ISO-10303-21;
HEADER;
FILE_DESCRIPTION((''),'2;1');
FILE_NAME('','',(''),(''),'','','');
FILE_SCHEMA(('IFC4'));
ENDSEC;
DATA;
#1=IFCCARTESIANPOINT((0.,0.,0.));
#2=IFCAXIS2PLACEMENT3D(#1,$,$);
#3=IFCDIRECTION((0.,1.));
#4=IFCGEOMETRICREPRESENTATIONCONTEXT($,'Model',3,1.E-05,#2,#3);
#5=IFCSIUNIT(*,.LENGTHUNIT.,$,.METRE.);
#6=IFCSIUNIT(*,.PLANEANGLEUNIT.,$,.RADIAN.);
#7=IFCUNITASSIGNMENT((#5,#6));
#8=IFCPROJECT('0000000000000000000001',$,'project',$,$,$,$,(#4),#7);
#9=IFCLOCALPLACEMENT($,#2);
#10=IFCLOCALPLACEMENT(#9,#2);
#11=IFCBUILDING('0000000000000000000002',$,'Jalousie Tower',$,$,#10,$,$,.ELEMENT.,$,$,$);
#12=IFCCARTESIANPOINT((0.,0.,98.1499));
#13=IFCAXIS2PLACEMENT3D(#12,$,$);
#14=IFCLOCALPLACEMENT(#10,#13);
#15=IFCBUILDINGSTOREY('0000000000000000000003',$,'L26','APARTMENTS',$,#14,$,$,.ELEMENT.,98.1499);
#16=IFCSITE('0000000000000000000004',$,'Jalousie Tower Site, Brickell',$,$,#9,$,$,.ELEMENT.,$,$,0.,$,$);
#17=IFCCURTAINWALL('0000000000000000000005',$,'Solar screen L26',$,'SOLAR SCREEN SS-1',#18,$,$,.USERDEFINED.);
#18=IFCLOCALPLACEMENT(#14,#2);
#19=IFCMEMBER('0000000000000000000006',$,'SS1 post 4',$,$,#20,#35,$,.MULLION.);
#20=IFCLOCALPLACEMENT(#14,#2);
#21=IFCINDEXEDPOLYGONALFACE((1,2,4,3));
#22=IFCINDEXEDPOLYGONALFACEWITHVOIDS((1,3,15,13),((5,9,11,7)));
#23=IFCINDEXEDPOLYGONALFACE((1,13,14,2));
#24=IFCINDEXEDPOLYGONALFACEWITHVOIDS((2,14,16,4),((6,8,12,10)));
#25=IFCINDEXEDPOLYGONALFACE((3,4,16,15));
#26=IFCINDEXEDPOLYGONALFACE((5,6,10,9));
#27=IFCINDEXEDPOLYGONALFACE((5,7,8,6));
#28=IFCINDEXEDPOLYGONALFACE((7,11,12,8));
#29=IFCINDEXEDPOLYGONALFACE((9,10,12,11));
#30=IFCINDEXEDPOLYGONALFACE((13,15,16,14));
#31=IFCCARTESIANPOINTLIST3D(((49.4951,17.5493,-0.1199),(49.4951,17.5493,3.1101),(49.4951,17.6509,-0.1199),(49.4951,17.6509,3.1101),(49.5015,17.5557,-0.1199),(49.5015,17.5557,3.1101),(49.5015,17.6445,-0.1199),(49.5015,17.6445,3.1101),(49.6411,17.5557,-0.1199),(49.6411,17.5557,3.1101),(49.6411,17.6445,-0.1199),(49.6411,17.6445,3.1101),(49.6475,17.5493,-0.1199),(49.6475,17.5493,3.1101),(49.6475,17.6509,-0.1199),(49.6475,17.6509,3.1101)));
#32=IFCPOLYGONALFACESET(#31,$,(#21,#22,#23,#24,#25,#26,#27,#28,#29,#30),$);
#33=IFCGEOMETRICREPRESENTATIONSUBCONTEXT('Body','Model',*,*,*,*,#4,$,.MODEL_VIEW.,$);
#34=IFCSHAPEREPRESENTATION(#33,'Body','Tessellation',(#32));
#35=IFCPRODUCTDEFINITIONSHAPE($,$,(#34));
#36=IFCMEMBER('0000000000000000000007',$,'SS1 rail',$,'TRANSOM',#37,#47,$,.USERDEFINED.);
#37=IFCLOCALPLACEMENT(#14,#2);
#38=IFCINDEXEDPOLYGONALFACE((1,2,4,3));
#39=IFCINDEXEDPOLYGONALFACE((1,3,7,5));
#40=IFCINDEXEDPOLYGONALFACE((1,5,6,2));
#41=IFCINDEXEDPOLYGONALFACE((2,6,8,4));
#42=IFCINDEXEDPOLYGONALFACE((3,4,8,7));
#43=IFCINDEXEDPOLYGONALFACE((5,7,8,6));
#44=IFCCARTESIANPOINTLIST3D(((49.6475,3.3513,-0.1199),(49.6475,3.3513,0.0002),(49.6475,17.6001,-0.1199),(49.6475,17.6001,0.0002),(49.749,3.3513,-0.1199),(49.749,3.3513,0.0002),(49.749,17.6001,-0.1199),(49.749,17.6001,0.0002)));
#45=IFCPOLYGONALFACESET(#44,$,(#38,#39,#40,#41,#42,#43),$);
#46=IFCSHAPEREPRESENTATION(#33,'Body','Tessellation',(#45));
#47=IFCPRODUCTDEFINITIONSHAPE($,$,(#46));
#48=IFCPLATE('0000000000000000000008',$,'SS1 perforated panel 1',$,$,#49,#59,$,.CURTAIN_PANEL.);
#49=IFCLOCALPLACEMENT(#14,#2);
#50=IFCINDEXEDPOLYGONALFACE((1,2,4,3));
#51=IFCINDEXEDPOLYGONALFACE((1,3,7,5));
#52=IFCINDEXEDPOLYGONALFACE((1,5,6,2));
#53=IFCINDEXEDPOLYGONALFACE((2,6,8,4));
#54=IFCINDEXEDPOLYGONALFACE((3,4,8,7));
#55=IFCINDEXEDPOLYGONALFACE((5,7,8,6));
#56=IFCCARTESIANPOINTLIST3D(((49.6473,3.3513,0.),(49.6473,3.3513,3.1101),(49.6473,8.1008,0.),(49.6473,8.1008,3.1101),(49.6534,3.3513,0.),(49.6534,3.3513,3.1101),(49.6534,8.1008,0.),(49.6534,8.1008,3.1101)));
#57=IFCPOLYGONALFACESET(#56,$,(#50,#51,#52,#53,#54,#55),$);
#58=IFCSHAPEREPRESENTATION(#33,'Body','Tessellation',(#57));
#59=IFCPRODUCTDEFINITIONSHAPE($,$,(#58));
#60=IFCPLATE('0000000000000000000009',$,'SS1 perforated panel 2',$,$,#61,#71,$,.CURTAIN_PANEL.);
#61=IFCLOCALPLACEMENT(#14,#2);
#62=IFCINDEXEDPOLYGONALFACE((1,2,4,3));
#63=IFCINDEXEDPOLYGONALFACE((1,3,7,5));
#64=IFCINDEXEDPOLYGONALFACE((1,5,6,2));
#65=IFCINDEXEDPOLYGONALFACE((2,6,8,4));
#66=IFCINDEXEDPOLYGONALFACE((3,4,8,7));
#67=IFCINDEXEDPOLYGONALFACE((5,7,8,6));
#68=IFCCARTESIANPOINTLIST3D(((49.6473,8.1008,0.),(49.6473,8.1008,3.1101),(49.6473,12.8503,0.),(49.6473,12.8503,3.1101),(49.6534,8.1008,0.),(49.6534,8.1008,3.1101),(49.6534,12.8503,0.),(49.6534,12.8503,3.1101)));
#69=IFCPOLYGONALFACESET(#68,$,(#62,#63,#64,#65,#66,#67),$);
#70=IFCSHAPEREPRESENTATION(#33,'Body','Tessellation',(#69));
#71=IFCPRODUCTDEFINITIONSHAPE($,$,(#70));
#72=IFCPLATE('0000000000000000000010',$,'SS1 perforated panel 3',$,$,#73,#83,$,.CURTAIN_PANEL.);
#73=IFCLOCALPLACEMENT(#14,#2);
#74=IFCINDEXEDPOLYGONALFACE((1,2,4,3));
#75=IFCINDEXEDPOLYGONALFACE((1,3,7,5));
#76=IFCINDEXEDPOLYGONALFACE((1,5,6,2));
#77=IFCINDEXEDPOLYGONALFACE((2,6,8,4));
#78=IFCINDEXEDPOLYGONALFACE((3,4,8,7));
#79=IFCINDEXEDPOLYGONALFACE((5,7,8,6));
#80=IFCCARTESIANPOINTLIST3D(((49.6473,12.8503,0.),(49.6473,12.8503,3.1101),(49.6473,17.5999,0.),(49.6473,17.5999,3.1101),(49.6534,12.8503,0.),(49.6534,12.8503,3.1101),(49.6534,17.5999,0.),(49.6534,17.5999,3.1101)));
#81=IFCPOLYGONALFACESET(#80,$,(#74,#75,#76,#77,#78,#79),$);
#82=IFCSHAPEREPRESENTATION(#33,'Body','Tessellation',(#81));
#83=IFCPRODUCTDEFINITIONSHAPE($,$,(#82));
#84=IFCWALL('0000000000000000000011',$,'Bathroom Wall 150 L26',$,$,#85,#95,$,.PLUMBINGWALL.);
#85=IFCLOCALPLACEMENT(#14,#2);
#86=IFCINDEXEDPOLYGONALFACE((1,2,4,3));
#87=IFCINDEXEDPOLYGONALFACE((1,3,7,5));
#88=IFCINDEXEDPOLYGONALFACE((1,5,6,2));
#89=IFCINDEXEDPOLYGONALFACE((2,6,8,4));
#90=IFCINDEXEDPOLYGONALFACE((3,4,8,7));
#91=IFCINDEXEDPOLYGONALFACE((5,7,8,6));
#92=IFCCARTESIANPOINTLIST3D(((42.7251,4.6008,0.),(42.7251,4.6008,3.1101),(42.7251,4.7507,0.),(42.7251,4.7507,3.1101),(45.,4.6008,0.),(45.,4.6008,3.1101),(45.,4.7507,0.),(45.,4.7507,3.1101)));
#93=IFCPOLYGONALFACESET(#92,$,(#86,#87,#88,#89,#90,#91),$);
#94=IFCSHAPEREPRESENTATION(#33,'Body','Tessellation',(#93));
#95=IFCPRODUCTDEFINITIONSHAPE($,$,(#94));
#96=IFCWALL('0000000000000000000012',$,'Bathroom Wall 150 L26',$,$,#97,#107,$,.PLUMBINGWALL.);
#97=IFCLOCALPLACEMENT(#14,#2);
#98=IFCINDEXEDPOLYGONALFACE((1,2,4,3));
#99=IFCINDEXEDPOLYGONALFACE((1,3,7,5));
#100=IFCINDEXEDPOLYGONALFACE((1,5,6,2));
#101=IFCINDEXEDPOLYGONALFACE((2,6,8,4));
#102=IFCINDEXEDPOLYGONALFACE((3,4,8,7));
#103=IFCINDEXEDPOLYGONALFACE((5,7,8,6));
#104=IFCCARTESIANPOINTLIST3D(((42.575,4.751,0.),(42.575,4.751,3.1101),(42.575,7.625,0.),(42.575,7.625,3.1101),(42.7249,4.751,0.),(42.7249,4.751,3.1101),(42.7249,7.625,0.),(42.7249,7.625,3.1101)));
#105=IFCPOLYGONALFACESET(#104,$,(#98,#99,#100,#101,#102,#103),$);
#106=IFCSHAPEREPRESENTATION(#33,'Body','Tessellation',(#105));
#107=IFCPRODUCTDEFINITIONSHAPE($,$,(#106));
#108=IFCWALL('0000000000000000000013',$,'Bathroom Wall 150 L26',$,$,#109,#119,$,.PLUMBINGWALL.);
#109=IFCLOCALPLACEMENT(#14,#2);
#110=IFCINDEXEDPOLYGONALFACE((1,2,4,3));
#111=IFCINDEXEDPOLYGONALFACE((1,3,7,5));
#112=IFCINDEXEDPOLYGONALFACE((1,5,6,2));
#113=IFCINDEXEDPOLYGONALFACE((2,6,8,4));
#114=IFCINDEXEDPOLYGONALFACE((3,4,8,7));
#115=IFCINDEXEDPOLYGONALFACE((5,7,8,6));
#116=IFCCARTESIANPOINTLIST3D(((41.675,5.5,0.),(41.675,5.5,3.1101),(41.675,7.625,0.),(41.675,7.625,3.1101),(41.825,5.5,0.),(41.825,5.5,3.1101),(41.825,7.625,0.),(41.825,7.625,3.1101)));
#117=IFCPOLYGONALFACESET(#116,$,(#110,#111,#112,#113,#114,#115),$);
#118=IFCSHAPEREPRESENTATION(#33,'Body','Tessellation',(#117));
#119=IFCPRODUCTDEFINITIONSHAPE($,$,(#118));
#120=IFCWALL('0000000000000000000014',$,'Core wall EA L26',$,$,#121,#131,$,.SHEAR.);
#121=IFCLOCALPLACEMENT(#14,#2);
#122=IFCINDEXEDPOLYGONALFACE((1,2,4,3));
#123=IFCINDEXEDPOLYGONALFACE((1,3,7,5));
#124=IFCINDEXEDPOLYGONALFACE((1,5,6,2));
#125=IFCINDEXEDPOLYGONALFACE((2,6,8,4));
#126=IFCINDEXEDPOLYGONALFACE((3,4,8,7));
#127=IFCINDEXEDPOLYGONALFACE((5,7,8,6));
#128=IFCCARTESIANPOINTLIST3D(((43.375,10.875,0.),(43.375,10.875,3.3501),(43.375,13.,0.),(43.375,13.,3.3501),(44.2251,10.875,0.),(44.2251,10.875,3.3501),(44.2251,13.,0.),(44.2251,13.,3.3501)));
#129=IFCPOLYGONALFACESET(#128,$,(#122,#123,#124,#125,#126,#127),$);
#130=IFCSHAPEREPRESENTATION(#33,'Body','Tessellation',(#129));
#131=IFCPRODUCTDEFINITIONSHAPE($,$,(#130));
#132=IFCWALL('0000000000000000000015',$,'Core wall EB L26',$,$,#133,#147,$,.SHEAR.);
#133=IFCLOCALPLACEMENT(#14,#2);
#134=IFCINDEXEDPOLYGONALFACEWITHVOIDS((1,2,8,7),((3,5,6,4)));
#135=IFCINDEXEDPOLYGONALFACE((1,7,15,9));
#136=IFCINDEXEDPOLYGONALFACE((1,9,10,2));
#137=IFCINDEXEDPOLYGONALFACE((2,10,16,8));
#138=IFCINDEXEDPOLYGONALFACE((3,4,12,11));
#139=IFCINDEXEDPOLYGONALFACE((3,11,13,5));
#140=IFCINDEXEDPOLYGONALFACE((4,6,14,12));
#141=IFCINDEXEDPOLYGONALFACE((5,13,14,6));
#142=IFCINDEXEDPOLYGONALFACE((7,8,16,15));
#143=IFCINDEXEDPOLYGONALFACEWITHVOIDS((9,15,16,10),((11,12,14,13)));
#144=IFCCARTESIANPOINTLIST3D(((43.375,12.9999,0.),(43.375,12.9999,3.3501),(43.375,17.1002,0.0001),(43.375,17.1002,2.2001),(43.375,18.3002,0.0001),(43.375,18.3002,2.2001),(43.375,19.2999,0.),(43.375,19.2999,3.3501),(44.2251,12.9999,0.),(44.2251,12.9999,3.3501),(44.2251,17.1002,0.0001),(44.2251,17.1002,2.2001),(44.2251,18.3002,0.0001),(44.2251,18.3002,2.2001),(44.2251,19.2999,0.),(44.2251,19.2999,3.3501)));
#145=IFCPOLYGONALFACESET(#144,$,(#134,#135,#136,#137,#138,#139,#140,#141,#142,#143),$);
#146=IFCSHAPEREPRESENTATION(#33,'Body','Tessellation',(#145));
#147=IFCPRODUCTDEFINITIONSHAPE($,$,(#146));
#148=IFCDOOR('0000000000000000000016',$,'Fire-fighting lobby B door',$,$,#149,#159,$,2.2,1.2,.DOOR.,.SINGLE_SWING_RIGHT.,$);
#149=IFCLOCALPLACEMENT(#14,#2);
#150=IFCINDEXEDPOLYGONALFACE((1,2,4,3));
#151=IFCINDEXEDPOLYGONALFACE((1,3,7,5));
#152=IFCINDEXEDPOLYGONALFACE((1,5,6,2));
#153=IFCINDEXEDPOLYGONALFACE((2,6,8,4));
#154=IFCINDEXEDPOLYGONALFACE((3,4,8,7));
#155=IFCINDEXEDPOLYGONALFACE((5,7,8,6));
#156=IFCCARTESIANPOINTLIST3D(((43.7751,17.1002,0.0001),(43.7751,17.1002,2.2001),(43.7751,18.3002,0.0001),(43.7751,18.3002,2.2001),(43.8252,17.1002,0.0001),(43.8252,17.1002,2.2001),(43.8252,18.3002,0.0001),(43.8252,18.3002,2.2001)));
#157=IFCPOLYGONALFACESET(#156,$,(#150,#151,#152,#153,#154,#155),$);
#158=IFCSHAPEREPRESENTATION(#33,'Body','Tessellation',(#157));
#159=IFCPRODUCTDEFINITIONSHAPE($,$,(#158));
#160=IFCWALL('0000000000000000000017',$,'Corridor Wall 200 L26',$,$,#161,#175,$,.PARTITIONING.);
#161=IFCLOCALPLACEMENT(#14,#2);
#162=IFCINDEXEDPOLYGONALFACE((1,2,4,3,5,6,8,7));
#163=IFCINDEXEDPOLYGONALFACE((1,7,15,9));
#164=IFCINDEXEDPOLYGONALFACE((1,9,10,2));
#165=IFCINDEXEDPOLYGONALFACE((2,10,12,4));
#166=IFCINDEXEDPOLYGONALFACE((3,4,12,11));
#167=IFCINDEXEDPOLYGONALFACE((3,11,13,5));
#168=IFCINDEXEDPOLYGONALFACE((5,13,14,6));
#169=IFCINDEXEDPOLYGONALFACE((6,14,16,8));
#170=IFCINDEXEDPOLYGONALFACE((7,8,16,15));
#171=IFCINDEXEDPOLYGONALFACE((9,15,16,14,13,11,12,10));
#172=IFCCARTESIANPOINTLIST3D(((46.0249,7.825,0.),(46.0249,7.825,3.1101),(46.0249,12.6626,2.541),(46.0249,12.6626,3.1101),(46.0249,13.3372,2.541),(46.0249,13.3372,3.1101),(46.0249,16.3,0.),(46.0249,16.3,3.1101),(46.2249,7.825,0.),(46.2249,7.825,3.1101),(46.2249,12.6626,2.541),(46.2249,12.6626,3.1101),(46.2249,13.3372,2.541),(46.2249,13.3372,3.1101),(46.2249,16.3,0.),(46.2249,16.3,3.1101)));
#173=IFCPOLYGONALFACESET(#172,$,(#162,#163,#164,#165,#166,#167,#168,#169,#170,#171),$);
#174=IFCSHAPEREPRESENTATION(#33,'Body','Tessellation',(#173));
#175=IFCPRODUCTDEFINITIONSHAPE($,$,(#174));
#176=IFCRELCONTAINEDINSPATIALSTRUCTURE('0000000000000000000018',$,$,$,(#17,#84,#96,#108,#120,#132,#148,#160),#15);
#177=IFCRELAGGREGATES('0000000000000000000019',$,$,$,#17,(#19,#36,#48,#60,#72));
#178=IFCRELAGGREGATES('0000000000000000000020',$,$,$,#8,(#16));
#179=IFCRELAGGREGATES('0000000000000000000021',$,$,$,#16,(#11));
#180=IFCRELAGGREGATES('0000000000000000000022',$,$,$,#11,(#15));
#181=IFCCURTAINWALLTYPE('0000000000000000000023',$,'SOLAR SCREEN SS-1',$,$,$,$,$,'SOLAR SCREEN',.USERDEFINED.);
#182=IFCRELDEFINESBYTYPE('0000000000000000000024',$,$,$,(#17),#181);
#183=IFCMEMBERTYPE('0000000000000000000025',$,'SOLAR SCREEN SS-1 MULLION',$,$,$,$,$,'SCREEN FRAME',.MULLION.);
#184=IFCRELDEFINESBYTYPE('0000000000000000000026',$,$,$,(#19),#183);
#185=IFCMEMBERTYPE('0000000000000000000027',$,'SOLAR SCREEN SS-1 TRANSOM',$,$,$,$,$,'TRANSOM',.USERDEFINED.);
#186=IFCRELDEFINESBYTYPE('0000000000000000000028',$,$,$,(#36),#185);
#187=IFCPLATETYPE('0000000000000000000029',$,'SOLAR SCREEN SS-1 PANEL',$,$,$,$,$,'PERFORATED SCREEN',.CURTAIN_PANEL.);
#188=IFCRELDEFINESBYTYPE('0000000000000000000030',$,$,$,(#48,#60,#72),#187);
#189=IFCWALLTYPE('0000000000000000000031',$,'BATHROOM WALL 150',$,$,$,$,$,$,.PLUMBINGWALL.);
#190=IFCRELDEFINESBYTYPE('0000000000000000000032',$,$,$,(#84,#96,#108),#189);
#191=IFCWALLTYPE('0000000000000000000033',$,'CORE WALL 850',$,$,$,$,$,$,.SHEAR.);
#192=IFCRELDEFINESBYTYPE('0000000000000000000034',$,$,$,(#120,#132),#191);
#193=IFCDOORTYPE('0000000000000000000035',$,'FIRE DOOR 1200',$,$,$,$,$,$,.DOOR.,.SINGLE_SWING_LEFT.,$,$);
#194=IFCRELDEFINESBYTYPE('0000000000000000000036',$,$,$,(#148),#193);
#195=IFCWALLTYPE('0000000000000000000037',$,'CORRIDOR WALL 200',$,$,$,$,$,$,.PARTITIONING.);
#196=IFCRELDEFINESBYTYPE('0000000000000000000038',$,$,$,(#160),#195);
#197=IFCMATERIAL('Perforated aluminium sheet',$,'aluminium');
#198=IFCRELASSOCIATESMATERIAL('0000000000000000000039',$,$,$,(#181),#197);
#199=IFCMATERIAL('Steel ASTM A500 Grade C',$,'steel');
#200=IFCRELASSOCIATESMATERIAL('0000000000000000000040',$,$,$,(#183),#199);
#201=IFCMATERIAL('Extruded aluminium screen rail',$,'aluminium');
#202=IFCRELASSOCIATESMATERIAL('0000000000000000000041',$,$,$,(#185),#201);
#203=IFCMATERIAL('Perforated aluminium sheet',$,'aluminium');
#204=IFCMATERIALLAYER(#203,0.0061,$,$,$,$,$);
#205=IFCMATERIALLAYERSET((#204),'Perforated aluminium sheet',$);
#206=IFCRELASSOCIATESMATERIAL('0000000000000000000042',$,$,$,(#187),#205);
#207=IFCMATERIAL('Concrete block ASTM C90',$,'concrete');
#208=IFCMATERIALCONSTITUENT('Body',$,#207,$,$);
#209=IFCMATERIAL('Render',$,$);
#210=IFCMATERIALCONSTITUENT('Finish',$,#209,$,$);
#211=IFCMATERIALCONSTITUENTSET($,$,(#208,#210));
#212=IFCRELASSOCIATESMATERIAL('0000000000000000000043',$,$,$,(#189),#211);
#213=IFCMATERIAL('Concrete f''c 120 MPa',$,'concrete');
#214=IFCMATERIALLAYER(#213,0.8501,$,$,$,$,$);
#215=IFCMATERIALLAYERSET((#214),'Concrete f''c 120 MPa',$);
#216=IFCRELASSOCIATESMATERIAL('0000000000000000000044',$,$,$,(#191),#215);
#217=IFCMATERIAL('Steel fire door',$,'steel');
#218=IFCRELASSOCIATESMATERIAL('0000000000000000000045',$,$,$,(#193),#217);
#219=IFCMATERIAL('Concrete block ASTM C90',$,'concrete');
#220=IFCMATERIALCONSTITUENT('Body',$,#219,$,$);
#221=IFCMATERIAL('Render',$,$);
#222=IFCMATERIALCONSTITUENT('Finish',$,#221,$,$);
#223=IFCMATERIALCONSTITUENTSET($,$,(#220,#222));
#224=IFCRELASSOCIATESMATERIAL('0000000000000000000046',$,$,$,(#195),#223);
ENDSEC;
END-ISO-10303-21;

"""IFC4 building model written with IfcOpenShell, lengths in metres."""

from ifc_helpers import new_model, si_unit, direction, frame, frame_2d, origin, origin_2d, place, context, subcontext, project, spatial, polyline, rectangle, hollow_rectangle, outline, extrude, material, layer, layer_set, constituent, constituent_set, material_profile, profile_set, type_object, element, fill, aggregate, save


model = new_model("IFC4")

# Units and contexts
model_context = context("Model", 3, precision=1e-05, world=origin(), true_north=direction((0.0, 1.0)))
body_context = subcontext(model_context, "Body", "Model", "MODEL_VIEW")
ifc_project = project(units=[si_unit("LENGTHUNIT", "METRE"), si_unit("PLANEANGLEUNIT", "RADIAN")], contexts=[model_context])

# Site, building, storey
site_placement = place(None, origin())
site = spatial("IfcSite", under=ifc_project, at=site_placement, Name="Jalousie Tower Site, Brickell", CompositionType="ELEMENT", RefElevation=0.0)
building_placement = place(site_placement, origin())
building = spatial("IfcBuilding", under=site, at=building_placement, Name="Jalousie Tower", CompositionType="ELEMENT")
storey_placement = place(building_placement, frame((0.0, 0.0, 98.1499)))
storey = spatial("IfcBuildingStorey", under=building, at=storey_placement, Name="L26", Description="APARTMENTS", CompositionType="ELEMENT", Elevation=98.1499)

# Curtain wall, members, plates
ifc_material_1 = material(Name="Perforated aluminium sheet", Category="aluminium")
curtain_wall_type = type_object("IfcCurtainWallType", Name="SOLAR SCREEN SS-1", ElementType="SOLAR SCREEN", PredefinedType="USERDEFINED", material=ifc_material_1)
curtain_wall_placement = place(storey_placement, origin())
curtain_wall = element("IfcCurtainWall", 1, at=curtain_wall_placement, inside=storey, type_object=curtain_wall_type, Name="Solar screen L26", ObjectType="SOLAR SCREEN SS-1", PredefinedType="USERDEFINED")
ifc_material_2 = material(Name="Steel ASTM A500 Grade C", Category="steel")
ifc_material_profile_1 = material_profile(ifc_material_2, hollow_rectangle(XDim=0.1016, YDim=0.1523, WallThickness=0.0063, at=origin_2d()), Name="HSS6X4X1/4")
ifc_profile_set_1 = profile_set([ifc_material_profile_1], Name="Steel ASTM A500 Grade C")
member_type_1 = type_object("IfcMemberType", Name="SOLAR SCREEN SS-1 MULLION", ElementType="SCREEN FRAME", PredefinedType="MULLION", material=ifc_profile_set_1)
member_1_placement = place(storey_placement, frame((49.5713, 17.6001, -0.1199), z_axis=(0.0, 0.0, 1.0), x_axis=(0.0, 1.0, 0.0)))
member_1 = element("IfcMember", 2, at=member_1_placement, type_object=member_type_1, Name="SS1 post 4", PredefinedType="MULLION", context=body_context, shape_type="SweptSolid", body=[
    extrude(hollow_rectangle(XDim=0.1016, YDim=0.1523, WallThickness=0.0063, at=origin_2d()), origin(), (0.0, 0.0, 1.0), 3.23),
])
ifc_material_3 = material(Name="Extruded aluminium screen rail", Category="aluminium")
ifc_material_profile_2 = material_profile(ifc_material_3, rectangle(XDim=0.1016, YDim=0.1201, at=origin_2d()), Name="RAIL 102x120")
ifc_profile_set_2 = profile_set([ifc_material_profile_2], Name="Extruded aluminium screen rail")
member_type_2 = type_object("IfcMemberType", Name="SOLAR SCREEN SS-1 TRANSOM", ElementType="TRANSOM", PredefinedType="USERDEFINED", material=ifc_profile_set_2)
member_2_placement = place(storey_placement, frame((49.6982, 3.3513, -0.0598), z_axis=(0.0, 1.0, 0.0), x_axis=(-1.0, 0.0, 0.0)))
member_2 = element("IfcMember", 3, at=member_2_placement, type_object=member_type_2, Name="SS1 rail", ObjectType="TRANSOM", PredefinedType="USERDEFINED", context=body_context, shape_type="SweptSolid", body=[
    extrude(rectangle(XDim=0.1016, YDim=0.1201, at=origin_2d()), origin(), (0.0, 0.0, 1.0), 14.2488),
])
ifc_material_4 = material(Name="Perforated aluminium sheet", Category="aluminium")
ifc_layer_1 = layer(ifc_material_4, 0.0061)
ifc_layer_set_1 = layer_set([ifc_layer_1], Name="Perforated aluminium sheet")
plate_type = type_object("IfcPlateType", Name="SOLAR SCREEN SS-1 PANEL", ElementType="PERFORATED SCREEN", PredefinedType="CURTAIN_PANEL", material=ifc_layer_set_1)
plate_1_placement = place(storey_placement, frame((49.6504, 5.7261, 0.0), z_axis=(0.0, 0.0, 1.0), x_axis=(0.0, 1.0, 0.0)))
plate_1 = element("IfcPlate", 4, at=plate_1_placement, type_object=plate_type, Name="SS1 perforated panel 1", PredefinedType="CURTAIN_PANEL", context=body_context, shape_type="SweptSolid", body=[
    extrude(rectangle(XDim=4.7495, YDim=0.0061, at=origin_2d()), origin(), (0.0, 0.0, 1.0), 3.1101),
])
plate_2_placement = place(storey_placement, frame((49.6504, 10.4756, 0.0), z_axis=(0.0, 0.0, 1.0), x_axis=(0.0, 1.0, 0.0)))
plate_2 = element("IfcPlate", 5, at=plate_2_placement, type_object=plate_type, Name="SS1 perforated panel 2", PredefinedType="CURTAIN_PANEL", context=body_context, shape_type="SweptSolid", body=[
    extrude(rectangle(XDim=4.7495, YDim=0.0061, at=origin_2d()), origin(), (0.0, 0.0, 1.0), 3.1101),
])
plate_3_placement = place(storey_placement, frame((49.6504, 15.2251, 0.0), z_axis=(0.0, 0.0, 1.0), x_axis=(0.0, 1.0, 0.0)))
plate_3 = element("IfcPlate", 6, at=plate_3_placement, type_object=plate_type, Name="SS1 perforated panel 3", PredefinedType="CURTAIN_PANEL", context=body_context, shape_type="SweptSolid", body=[
    extrude(rectangle(XDim=4.7495, YDim=0.0061, at=origin_2d()), origin(), (0.0, 0.0, 1.0), 3.1101),
])
aggregate(curtain_wall, [member_1, member_2, plate_1, plate_2, plate_3])

# Walls
ifc_material_5 = material(Name="Concrete block ASTM C90", Category="concrete")
ifc_constituent_1 = constituent(ifc_material_5, Name="Body")
ifc_material_6 = material(Name="Render")
ifc_constituent_2 = constituent(ifc_material_6, Name="Finish")
ifc_constituent_set_1 = constituent_set(constituents=[ifc_constituent_1, ifc_constituent_2])
wall_type_1 = type_object("IfcWallType", Name="BATHROOM WALL 150", PredefinedType="PLUMBINGWALL", material=ifc_constituent_set_1)
wall_1_placement = place(storey_placement, frame((42.7251, 4.6758, 0.0), z_axis=(0.0, 0.0, 1.0), x_axis=(1.0, 0.0, 0.0)))
element("IfcWall", 7, at=wall_1_placement, inside=storey, type_object=wall_type_1, Name="Bathroom Wall 150 L26", PredefinedType="PLUMBINGWALL", context=body_context, shape_type="SweptSolid", body=[
    extrude(rectangle(XDim=2.2749, YDim=0.1499, at=frame_2d((1.1375, 0.0))), origin(), (0.0, 0.0, 1.0), 3.1101),
])
wall_2_placement = place(storey_placement, frame((42.6499, 4.751, 0.0), z_axis=(0.0, 0.0, 1.0), x_axis=(0.0, 1.0, 0.0)))
element("IfcWall", 8, at=wall_2_placement, inside=storey, type_object=wall_type_1, Name="Bathroom Wall 150 L26", PredefinedType="PLUMBINGWALL", context=body_context, shape_type="SweptSolid", body=[
    extrude(rectangle(XDim=2.874, YDim=0.1499, at=frame_2d((1.437, 0.0))), origin(), (0.0, 0.0, 1.0), 3.1101),
])
wall_3_placement = place(storey_placement, frame((41.75, 5.5, 0.0), z_axis=(0.0, 0.0, 1.0), x_axis=(0.0, 1.0, 0.0)))
element("IfcWall", 9, at=wall_3_placement, inside=storey, type_object=wall_type_1, Name="Bathroom Wall 150 L26", PredefinedType="PLUMBINGWALL", context=body_context, shape_type="SweptSolid", body=[
    extrude(rectangle(XDim=2.125, YDim=0.1499, at=frame_2d((1.0625, 0.0))), origin(), (0.0, 0.0, 1.0), 3.1101),
])
ifc_material_7 = material(Name="Concrete f'c 120 MPa", Category="concrete")
ifc_layer_2 = layer(ifc_material_7, 0.8501)
ifc_layer_set_2 = layer_set([ifc_layer_2], Name="Concrete f'c 120 MPa")
wall_type_2 = type_object("IfcWallType", Name="CORE WALL 850", PredefinedType="SHEAR", material=ifc_layer_set_2)
wall_4_placement = place(storey_placement, frame((43.8, 10.875, 0.0), z_axis=(0.0, 0.0, 1.0), x_axis=(0.0, 1.0, 0.0)))
element("IfcWall", 10, at=wall_4_placement, inside=storey, type_object=wall_type_2, Name="Core wall EA L26", PredefinedType="SHEAR", context=body_context, shape_type="SweptSolid", body=[
    extrude(rectangle(XDim=2.125, YDim=0.8501, at=frame_2d((1.0625, 0.0))), origin(), (0.0, 0.0, 1.0), 3.3501),
])

# Wall, opening, door
wall_5_placement = place(storey_placement, frame((43.8, 13.0, 0.0), z_axis=(0.0, 0.0, 1.0), x_axis=(0.0, 1.0, 0.0)))
wall_5 = element("IfcWall", 11, at=wall_5_placement, inside=storey, type_object=wall_type_2, Name="Core wall EB L26", PredefinedType="SHEAR", context=body_context, shape_type="SweptSolid", body=[
    extrude(rectangle(XDim=6.3, YDim=0.8501, at=frame_2d((3.1499, 0.0))), origin(), (0.0, 0.0, 1.0), 3.3501),
])
opening_1_placement = place(wall_5_placement, frame((4.1001, 0.0, 0.0)))
opening_1 = element("IfcOpeningElement", 12, at=opening_1_placement, cuts=wall_5, PredefinedType="OPENING", context=body_context, shape_type="SweptSolid", body=[
    extrude(rectangle(XDim=1.2, YDim=2.2, at=frame_2d((0.6001, 1.1001))), frame((0.0, 0.4351, 0.0), z_axis=(0.0, -1.0, 0.0), x_axis=(1.0, 0.0, 0.0)), (0.0, 0.0, 1.0), 0.8701),
])
ifc_material_8 = material(Name="Steel fire door", Category="steel")
door_type_1 = type_object("IfcDoorType", Name="FIRE DOOR 1200", OperationType="SINGLE_SWING_LEFT", PredefinedType="DOOR", material=ifc_material_8)
door_1_placement = place(opening_1_placement, origin())
door_1 = element("IfcDoor", 13, at=door_1_placement, inside=storey, type_object=door_type_1, Name="Fire-fighting lobby B door", OperationType="SINGLE_SWING_RIGHT", OverallHeight=2.2, OverallWidth=1.2, PredefinedType="DOOR", context=body_context, shape_type="SweptSolid", body=[
    extrude(rectangle(XDim=1.2, YDim=2.2, at=frame_2d((0.6001, 1.1001))), frame((0.0, 0.0249, 0.0), z_axis=(0.0, -1.0, 0.0), x_axis=(1.0, 0.0, 0.0)), (0.0, 0.0, 1.0), 0.05),
])
fill(opening_1, door_1)

# Wall
ifc_material_9 = material(Name="Concrete block ASTM C90", Category="concrete")
ifc_constituent_3 = constituent(ifc_material_9, Name="Body")
ifc_material_10 = material(Name="Render")
ifc_constituent_4 = constituent(ifc_material_10, Name="Finish")
ifc_constituent_set_2 = constituent_set(constituents=[ifc_constituent_3, ifc_constituent_4])
wall_type_3 = type_object("IfcWallType", Name="CORRIDOR WALL 200", PredefinedType="PARTITIONING", material=ifc_constituent_set_2)
wall_6_placement = place(storey_placement, frame((46.125, 7.825, 0.0), z_axis=(0.0, 0.0, 1.0), x_axis=(0.0, 1.0, 0.0)))
element("IfcWall", 14, at=wall_6_placement, inside=storey, type_object=wall_type_3, Name="Corridor Wall 200 L26", PredefinedType="PARTITIONING", context=body_context, shape_type="SweptSolid", body=[
    extrude(outline(polyline([(0.0, 0.0), (8.4751, 0.0), (8.4751, 3.1101), (5.5122, 3.1101), (5.5122, 2.541), (4.8376, 2.541), (4.8376, 3.1101), (0.0, 3.1101), (0.0, 0.0)])), frame((0.0, 0.1001, 0.0), z_axis=(0.0, -1.0, 0.0), x_axis=(1.0, 0.0, 0.0)), (0.0, 0.0, 1.0), 0.2),
])

save(model, "model.ifc")
